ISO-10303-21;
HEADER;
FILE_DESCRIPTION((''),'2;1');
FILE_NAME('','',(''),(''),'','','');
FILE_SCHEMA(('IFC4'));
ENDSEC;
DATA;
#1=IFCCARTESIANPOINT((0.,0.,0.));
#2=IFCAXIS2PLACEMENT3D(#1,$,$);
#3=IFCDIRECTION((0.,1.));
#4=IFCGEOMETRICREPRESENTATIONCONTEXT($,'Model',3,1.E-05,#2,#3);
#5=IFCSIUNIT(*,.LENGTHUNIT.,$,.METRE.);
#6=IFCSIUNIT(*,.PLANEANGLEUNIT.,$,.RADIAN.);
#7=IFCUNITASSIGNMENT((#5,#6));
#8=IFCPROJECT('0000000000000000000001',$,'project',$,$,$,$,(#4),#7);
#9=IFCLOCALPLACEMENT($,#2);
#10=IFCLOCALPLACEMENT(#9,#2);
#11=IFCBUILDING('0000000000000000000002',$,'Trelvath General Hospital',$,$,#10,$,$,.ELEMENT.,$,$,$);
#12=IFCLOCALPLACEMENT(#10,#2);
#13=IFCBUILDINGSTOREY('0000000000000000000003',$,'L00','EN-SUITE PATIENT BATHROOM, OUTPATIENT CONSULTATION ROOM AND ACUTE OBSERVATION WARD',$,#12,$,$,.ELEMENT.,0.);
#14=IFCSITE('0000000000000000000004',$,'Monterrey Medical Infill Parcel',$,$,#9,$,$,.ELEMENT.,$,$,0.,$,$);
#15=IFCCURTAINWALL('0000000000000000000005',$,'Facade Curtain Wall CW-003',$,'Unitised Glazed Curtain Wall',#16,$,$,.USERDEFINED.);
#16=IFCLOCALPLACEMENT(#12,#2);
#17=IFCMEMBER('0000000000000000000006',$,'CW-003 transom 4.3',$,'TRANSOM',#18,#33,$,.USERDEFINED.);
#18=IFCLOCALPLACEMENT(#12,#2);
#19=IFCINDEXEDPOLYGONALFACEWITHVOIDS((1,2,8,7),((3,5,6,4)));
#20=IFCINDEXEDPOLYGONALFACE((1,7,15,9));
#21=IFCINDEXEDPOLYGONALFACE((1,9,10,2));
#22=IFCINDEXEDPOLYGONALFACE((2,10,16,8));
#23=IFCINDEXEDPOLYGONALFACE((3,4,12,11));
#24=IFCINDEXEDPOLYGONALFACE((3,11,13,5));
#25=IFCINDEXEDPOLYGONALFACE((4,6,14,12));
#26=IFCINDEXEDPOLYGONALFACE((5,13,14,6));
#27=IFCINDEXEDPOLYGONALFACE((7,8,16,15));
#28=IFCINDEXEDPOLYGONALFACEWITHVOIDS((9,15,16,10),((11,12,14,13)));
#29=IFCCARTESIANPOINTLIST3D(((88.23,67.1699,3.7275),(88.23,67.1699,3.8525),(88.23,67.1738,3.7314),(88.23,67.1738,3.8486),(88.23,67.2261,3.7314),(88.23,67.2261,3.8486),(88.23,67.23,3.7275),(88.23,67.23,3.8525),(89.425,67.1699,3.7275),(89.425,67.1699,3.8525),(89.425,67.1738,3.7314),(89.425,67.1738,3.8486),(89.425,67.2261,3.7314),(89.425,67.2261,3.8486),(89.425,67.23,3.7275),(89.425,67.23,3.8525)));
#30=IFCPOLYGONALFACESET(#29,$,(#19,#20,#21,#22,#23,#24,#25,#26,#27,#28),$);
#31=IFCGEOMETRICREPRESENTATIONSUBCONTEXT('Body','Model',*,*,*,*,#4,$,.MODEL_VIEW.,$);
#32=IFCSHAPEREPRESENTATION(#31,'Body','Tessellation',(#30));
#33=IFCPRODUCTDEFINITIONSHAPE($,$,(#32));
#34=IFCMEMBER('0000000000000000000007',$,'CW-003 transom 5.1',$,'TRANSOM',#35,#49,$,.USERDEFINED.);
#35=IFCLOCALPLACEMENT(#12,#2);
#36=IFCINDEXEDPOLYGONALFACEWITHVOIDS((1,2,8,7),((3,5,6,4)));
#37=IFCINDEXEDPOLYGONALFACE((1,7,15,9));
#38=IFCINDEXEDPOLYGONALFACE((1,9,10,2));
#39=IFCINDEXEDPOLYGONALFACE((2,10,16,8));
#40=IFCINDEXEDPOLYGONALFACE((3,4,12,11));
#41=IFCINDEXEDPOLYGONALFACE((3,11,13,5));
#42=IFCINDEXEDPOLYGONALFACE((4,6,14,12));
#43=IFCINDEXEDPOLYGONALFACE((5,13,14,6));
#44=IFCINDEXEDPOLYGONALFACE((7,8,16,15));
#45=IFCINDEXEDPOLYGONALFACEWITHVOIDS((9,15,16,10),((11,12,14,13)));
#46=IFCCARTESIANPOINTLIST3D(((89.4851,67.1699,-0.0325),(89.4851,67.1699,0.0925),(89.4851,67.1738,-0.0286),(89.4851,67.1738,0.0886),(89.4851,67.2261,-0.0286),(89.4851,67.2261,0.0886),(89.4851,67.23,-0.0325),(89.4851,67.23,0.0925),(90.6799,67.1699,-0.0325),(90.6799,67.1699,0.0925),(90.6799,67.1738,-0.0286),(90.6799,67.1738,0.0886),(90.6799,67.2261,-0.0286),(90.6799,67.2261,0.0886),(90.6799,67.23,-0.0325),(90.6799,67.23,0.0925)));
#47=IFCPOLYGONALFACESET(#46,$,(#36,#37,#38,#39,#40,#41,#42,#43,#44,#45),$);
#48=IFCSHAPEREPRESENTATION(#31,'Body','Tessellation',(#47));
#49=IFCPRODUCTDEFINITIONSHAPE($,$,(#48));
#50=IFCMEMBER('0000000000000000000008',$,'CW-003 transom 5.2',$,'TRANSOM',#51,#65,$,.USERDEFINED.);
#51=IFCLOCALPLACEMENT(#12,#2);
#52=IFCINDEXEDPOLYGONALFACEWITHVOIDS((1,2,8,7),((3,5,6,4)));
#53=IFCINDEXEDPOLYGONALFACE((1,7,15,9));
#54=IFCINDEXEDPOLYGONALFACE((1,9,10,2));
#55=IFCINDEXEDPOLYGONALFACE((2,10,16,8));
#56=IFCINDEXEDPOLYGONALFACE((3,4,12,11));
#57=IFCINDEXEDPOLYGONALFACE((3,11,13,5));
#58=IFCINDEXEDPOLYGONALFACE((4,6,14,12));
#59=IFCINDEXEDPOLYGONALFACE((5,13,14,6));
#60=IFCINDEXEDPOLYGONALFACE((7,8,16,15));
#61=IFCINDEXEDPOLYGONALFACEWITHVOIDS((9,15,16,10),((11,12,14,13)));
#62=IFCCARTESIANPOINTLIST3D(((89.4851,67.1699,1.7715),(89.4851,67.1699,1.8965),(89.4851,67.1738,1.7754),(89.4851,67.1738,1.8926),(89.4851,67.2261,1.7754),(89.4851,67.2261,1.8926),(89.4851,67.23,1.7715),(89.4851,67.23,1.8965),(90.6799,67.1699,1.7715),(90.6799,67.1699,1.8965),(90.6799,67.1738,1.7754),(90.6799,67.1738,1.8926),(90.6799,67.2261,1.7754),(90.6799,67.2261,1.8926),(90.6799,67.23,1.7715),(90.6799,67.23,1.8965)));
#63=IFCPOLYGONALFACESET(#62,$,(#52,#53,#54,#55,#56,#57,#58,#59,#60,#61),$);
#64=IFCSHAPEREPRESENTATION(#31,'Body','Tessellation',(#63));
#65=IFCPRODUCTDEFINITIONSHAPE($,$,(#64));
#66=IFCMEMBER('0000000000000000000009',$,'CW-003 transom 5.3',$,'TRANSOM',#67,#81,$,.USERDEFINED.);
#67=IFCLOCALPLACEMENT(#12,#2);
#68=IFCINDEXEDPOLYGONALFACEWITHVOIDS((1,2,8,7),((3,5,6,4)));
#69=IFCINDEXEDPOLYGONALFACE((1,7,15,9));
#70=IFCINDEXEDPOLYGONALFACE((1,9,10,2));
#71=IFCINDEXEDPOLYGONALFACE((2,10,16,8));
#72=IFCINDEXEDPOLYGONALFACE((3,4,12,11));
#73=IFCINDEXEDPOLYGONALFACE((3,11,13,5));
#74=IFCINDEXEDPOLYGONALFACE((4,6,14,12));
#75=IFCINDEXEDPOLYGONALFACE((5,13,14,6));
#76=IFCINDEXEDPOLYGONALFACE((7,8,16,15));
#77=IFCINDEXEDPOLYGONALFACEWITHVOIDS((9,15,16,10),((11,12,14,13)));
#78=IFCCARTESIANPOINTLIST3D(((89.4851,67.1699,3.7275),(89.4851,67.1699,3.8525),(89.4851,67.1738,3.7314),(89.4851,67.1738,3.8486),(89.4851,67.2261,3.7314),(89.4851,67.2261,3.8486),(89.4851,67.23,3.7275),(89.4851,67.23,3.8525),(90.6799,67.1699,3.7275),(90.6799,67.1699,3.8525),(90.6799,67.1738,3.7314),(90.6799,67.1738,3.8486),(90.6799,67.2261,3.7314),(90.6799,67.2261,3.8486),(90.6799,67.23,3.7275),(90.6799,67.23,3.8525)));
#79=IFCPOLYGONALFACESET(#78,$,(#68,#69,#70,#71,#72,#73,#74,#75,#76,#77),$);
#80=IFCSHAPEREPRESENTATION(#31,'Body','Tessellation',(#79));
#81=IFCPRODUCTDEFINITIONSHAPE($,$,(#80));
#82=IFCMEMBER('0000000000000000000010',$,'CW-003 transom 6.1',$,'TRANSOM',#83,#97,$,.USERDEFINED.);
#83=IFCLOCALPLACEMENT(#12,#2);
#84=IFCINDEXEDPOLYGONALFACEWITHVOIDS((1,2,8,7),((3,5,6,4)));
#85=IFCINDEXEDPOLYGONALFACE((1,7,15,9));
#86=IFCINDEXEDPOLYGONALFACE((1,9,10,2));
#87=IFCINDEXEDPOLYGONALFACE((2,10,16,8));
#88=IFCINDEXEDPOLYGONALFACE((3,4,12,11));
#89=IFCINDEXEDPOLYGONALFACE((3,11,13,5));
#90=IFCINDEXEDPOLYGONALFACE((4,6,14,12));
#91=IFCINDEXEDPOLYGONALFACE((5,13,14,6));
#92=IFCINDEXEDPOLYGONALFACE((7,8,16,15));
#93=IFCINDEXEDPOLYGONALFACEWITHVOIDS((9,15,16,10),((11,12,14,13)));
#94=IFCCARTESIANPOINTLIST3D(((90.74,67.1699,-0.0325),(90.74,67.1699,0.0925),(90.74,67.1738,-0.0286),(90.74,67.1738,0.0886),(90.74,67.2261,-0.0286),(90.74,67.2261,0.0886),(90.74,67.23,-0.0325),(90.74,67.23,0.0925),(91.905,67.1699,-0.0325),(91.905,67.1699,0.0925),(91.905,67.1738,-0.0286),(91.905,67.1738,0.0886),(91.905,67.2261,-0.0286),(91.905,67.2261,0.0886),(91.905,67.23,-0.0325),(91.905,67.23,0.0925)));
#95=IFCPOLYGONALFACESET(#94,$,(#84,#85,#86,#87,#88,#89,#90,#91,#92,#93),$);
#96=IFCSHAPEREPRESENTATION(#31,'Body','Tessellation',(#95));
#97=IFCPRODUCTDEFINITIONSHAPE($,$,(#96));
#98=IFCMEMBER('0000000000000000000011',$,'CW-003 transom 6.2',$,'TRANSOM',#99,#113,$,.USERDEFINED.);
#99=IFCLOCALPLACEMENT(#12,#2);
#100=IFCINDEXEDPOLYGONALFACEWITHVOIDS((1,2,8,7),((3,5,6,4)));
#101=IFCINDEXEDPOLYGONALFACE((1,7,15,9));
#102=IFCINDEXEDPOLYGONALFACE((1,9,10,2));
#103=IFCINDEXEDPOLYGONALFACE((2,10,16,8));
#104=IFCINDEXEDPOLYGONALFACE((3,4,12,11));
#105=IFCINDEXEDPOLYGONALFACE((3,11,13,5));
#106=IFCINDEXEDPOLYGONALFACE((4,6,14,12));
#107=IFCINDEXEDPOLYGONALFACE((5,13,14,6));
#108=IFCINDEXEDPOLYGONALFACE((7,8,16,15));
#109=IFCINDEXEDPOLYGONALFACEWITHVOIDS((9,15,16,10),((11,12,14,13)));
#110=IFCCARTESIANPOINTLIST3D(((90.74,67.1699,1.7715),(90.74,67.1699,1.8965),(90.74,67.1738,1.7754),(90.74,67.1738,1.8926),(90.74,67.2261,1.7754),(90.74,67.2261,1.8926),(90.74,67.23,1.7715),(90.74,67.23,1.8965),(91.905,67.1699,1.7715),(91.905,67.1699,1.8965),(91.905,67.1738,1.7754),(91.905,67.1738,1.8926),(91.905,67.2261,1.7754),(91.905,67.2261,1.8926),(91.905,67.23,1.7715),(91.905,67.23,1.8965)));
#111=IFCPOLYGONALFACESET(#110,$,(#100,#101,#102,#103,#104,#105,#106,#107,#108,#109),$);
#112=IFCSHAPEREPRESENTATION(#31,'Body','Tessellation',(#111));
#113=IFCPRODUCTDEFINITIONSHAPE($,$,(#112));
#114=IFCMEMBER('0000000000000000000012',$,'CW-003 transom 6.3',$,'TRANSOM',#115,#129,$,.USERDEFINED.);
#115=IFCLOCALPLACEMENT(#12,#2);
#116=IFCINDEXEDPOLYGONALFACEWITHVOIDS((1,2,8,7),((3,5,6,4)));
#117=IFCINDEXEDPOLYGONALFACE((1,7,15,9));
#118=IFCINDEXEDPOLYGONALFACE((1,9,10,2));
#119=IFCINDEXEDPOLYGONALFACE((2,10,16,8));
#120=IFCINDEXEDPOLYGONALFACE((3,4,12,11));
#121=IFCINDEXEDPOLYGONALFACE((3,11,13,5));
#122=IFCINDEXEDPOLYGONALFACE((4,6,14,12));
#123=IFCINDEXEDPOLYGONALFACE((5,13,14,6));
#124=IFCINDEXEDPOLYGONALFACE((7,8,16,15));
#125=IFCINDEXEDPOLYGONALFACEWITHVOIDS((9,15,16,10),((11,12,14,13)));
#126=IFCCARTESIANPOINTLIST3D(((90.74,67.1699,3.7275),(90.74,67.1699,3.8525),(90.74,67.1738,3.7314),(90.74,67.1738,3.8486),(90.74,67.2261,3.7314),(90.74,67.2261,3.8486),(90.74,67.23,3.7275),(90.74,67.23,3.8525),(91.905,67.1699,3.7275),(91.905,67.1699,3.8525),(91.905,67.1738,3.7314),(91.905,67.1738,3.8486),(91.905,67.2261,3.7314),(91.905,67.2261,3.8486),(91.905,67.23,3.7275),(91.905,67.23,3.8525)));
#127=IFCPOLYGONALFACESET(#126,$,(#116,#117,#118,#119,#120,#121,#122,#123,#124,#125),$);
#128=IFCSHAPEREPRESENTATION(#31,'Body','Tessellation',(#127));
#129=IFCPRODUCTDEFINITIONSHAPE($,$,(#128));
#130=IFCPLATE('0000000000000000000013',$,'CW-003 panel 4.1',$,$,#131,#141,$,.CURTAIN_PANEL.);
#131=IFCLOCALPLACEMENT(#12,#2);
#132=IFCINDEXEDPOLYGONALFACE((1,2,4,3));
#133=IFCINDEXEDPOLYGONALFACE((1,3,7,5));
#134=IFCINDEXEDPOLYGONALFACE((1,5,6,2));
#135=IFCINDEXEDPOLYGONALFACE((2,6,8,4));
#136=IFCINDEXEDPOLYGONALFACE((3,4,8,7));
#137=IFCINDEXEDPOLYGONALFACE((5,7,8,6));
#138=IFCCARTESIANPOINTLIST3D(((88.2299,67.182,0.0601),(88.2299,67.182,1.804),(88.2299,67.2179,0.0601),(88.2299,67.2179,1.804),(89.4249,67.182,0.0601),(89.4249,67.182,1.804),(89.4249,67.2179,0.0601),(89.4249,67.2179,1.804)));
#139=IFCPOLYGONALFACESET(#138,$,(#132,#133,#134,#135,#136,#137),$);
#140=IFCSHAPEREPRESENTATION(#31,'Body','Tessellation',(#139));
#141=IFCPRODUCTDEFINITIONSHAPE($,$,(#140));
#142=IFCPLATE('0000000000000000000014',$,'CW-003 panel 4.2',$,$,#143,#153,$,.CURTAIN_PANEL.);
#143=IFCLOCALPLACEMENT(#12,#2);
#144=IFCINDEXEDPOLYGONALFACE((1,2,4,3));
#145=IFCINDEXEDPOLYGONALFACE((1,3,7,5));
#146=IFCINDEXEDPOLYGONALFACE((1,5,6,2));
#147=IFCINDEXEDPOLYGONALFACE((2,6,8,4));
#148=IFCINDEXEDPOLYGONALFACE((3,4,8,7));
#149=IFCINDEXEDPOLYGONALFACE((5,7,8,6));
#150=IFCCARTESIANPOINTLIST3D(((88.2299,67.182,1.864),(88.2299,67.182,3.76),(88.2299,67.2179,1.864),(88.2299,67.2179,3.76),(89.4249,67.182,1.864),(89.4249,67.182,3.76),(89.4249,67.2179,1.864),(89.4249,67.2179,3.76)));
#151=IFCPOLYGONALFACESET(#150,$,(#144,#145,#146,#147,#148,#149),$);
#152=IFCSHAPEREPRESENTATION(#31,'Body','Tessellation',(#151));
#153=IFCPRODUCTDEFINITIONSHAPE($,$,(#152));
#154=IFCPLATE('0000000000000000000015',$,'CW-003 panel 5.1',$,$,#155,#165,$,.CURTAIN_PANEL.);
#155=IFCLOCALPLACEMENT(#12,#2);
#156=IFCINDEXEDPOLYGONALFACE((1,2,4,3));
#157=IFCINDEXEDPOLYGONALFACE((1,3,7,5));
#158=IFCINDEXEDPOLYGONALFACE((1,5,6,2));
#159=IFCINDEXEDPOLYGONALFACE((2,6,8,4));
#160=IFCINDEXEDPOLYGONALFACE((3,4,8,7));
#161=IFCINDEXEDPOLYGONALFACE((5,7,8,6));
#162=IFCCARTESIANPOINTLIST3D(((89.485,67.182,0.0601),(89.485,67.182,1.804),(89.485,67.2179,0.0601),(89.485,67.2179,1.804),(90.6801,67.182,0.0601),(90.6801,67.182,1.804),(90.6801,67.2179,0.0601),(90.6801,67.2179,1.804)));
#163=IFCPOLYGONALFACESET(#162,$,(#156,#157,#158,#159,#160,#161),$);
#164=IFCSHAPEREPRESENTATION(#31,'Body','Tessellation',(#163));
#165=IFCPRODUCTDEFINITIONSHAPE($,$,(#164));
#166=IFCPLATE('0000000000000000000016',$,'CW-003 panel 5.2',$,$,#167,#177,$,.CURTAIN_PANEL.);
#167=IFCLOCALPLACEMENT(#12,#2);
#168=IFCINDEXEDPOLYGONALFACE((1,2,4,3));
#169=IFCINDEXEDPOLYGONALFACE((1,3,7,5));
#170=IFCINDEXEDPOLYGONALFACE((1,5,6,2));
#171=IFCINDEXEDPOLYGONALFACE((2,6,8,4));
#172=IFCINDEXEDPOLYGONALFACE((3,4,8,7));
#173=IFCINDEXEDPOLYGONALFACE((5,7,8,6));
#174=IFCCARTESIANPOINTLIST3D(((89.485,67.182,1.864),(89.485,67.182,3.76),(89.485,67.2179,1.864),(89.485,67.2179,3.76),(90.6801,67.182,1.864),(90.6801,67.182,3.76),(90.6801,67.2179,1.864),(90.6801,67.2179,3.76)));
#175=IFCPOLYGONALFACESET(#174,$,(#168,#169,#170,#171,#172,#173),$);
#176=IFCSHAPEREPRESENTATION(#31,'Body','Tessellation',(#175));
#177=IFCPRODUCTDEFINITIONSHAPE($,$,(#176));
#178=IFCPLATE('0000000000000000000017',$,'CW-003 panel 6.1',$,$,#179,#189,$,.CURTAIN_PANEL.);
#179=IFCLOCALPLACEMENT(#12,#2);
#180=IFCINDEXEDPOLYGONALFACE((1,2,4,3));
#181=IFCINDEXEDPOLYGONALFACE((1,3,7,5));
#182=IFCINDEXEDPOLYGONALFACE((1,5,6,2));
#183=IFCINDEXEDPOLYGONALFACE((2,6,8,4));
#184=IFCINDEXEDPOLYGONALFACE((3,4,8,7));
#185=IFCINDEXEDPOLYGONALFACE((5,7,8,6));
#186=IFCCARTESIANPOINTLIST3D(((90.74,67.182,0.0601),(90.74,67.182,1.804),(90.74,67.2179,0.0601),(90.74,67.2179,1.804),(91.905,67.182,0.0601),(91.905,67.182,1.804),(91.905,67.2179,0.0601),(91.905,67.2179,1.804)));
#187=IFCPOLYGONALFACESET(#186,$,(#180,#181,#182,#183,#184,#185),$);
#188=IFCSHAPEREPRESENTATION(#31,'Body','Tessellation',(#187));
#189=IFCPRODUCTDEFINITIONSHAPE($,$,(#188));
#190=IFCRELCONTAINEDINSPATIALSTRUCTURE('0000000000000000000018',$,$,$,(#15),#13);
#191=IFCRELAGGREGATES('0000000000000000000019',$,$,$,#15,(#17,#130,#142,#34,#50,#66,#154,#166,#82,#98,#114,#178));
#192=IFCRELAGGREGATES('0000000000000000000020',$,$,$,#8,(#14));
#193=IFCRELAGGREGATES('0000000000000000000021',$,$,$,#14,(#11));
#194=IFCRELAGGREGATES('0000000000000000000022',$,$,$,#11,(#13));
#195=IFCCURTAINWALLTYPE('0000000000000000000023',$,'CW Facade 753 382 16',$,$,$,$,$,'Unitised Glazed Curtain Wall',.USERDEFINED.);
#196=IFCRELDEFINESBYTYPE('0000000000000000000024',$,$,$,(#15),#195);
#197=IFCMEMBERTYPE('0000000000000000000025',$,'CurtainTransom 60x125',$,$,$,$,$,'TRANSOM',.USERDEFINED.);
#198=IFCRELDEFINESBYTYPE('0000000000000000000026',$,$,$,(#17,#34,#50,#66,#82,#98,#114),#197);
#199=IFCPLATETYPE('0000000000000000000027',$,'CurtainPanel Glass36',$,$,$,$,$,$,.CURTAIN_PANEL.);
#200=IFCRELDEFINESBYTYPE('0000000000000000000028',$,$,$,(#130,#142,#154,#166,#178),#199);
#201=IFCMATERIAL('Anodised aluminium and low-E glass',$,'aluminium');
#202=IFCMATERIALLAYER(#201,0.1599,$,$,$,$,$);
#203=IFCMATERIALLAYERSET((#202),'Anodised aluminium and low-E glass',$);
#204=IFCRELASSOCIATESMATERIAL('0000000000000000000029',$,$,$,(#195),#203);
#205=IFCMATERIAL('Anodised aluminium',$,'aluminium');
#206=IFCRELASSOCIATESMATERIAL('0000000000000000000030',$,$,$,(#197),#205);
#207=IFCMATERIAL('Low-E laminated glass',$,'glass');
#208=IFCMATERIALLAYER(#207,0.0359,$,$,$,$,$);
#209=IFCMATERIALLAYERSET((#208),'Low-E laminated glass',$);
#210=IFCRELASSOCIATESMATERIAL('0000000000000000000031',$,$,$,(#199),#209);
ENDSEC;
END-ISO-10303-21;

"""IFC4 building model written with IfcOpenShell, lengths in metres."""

from ifc_helpers import new_model, si_unit, direction, frame, origin, origin_2d, place, context, subcontext, project, spatial, rectangle, hollow_rectangle, extrude, material, layer, layer_set, material_profile, profile_set, type_object, element, aggregate, save


model = new_model("IFC4")

# Units and contexts
model_context = context("Model", 3, precision=1e-05, world=origin(), true_north=direction((0.0, 1.0)))
body_context = subcontext(model_context, "Body", "Model", "MODEL_VIEW")
ifc_project = project(units=[si_unit("LENGTHUNIT", "METRE"), si_unit("PLANEANGLEUNIT", "RADIAN")], contexts=[model_context])

# Site, building, storey
site_placement = place(None, origin())
site = spatial("IfcSite", under=ifc_project, at=site_placement, Name="Monterrey Medical Infill Parcel", CompositionType="ELEMENT", RefElevation=0.0)
building_placement = place(site_placement, origin())
building = spatial("IfcBuilding", under=site, at=building_placement, Name="Trelvath General Hospital", CompositionType="ELEMENT")
storey_placement = place(building_placement, origin())
storey = spatial("IfcBuildingStorey", under=building, at=storey_placement, Name="L00", Description="EN-SUITE PATIENT BATHROOM, OUTPATIENT CONSULTATION ROOM AND ACUTE OBSERVATION WARD", CompositionType="ELEMENT", Elevation=0.0)

# Curtain wall, members, plates
ifc_material_1 = material(Name="Anodised aluminium and low-E glass", Category="aluminium")
ifc_layer_1 = layer(ifc_material_1, 0.1599)
ifc_layer_set_1 = layer_set([ifc_layer_1], Name="Anodised aluminium and low-E glass")
curtain_wall_type = type_object("IfcCurtainWallType", Name="CW Facade 753 382 16", ElementType="Unitised Glazed Curtain Wall", PredefinedType="USERDEFINED", material=ifc_layer_set_1)
curtain_wall_placement = place(storey_placement, origin())
curtain_wall = element("IfcCurtainWall", 1, at=curtain_wall_placement, inside=storey, type_object=curtain_wall_type, Name="Facade Curtain Wall CW-003", ObjectType="Unitised Glazed Curtain Wall", PredefinedType="USERDEFINED")
ifc_material_2 = material(Name="Anodised aluminium", Category="aluminium")
ifc_material_profile_1 = material_profile(ifc_material_2, hollow_rectangle(XDim=0.0601, YDim=0.125, WallThickness=0.0039, at=origin_2d()), Name="RHS60x125x4")
ifc_profile_set_1 = profile_set([ifc_material_profile_1], Name="Anodised aluminium")
member_type_1 = type_object("IfcMemberType", Name="CurtainTransom 60x125", ElementType="TRANSOM", PredefinedType="USERDEFINED", material=ifc_profile_set_1)
member_1_placement = place(storey_placement, frame((88.23, 67.2, 3.79), z_axis=(1.0, 0.0, 0.0), x_axis=(0.0, 1.0, 0.0)))
member_1 = element("IfcMember", 2, at=member_1_placement, type_object=member_type_1, Name="CW-003 transom 4.3", ObjectType="TRANSOM", PredefinedType="USERDEFINED", context=body_context, shape_type="SweptSolid", body=[
    extrude(hollow_rectangle(XDim=0.0601, YDim=0.125, WallThickness=0.0039, at=origin_2d()), origin(), (0.0, 0.0, 1.0), 1.1951),
])
member_2_placement = place(storey_placement, frame((89.4851, 67.2, 0.03), z_axis=(1.0, 0.0, 0.0), x_axis=(0.0, 1.0, 0.0)))
member_2 = element("IfcMember", 3, at=member_2_placement, type_object=member_type_1, Name="CW-003 transom 5.1", ObjectType="TRANSOM", PredefinedType="USERDEFINED", context=body_context, shape_type="SweptSolid", body=[
    extrude(hollow_rectangle(XDim=0.0601, YDim=0.125, WallThickness=0.0039, at=origin_2d()), origin(), (0.0, 0.0, 1.0), 1.1948),
])
member_3_placement = place(storey_placement, frame((89.4851, 67.2, 1.834), z_axis=(1.0, 0.0, 0.0), x_axis=(0.0, 1.0, 0.0)))
member_3 = element("IfcMember", 4, at=member_3_placement, type_object=member_type_1, Name="CW-003 transom 5.2", ObjectType="TRANSOM", PredefinedType="USERDEFINED", context=body_context, shape_type="SweptSolid", body=[
    extrude(hollow_rectangle(XDim=0.0601, YDim=0.125, WallThickness=0.0039, at=origin_2d()), origin(), (0.0, 0.0, 1.0), 1.1948),
])
member_4_placement = place(storey_placement, frame((89.4851, 67.2, 3.79), z_axis=(1.0, 0.0, 0.0), x_axis=(0.0, 1.0, 0.0)))
member_4 = element("IfcMember", 5, at=member_4_placement, type_object=member_type_1, Name="CW-003 transom 5.3", ObjectType="TRANSOM", PredefinedType="USERDEFINED", context=body_context, shape_type="SweptSolid", body=[
    extrude(hollow_rectangle(XDim=0.0601, YDim=0.125, WallThickness=0.0039, at=origin_2d()), origin(), (0.0, 0.0, 1.0), 1.1948),
])
member_5_placement = place(storey_placement, frame((90.74, 67.2, 0.03), z_axis=(1.0, 0.0, 0.0), x_axis=(0.0, 1.0, 0.0)))
member_5 = element("IfcMember", 6, at=member_5_placement, type_object=member_type_1, Name="CW-003 transom 6.1", ObjectType="TRANSOM", PredefinedType="USERDEFINED", context=body_context, shape_type="SweptSolid", body=[
    extrude(hollow_rectangle(XDim=0.0601, YDim=0.125, WallThickness=0.0039, at=origin_2d()), origin(), (0.0, 0.0, 1.0), 1.165),
])
member_6_placement = place(storey_placement, frame((90.74, 67.2, 1.834), z_axis=(1.0, 0.0, 0.0), x_axis=(0.0, 1.0, 0.0)))
member_6 = element("IfcMember", 7, at=member_6_placement, type_object=member_type_1, Name="CW-003 transom 6.2", ObjectType="TRANSOM", PredefinedType="USERDEFINED", context=body_context, shape_type="SweptSolid", body=[
    extrude(hollow_rectangle(XDim=0.0601, YDim=0.125, WallThickness=0.0039, at=origin_2d()), origin(), (0.0, 0.0, 1.0), 1.165),
])
member_7_placement = place(storey_placement, frame((90.74, 67.2, 3.79), z_axis=(1.0, 0.0, 0.0), x_axis=(0.0, 1.0, 0.0)))
member_7 = element("IfcMember", 8, at=member_7_placement, type_object=member_type_1, Name="CW-003 transom 6.3", ObjectType="TRANSOM", PredefinedType="USERDEFINED", context=body_context, shape_type="SweptSolid", body=[
    extrude(hollow_rectangle(XDim=0.0601, YDim=0.125, WallThickness=0.0039, at=origin_2d()), origin(), (0.0, 0.0, 1.0), 1.165),
])
ifc_material_3 = material(Name="Low-E laminated glass", Category="glass")
ifc_layer_2 = layer(ifc_material_3, 0.0359)
ifc_layer_set_2 = layer_set([ifc_layer_2], Name="Low-E laminated glass")
plate_type = type_object("IfcPlateType", Name="CurtainPanel Glass36", PredefinedType="CURTAIN_PANEL", material=ifc_layer_set_2)
plate_1_placement = place(storey_placement, frame((88.8274, 67.2, 0.0601), z_axis=(0.0, 0.0, 1.0), x_axis=(1.0, 0.0, 0.0)))
plate_1 = element("IfcPlate", 9, at=plate_1_placement, type_object=plate_type, Name="CW-003 panel 4.1", PredefinedType="CURTAIN_PANEL", context=body_context, shape_type="SweptSolid", body=[
    extrude(rectangle(XDim=1.1951, YDim=0.0359, at=origin_2d()), origin(), (0.0, 0.0, 1.0), 1.7439),
])
plate_2_placement = place(storey_placement, frame((88.8274, 67.2, 1.864), z_axis=(0.0, 0.0, 1.0), x_axis=(1.0, 0.0, 0.0)))
plate_2 = element("IfcPlate", 10, at=plate_2_placement, type_object=plate_type, Name="CW-003 panel 4.2", PredefinedType="CURTAIN_PANEL", context=body_context, shape_type="SweptSolid", body=[
    extrude(rectangle(XDim=1.1951, YDim=0.0359, at=origin_2d()), origin(), (0.0, 0.0, 1.0), 1.896),
])
plate_3_placement = place(storey_placement, frame((90.0825, 67.2, 0.0601), z_axis=(0.0, 0.0, 1.0), x_axis=(1.0, 0.0, 0.0)))
plate_3 = element("IfcPlate", 11, at=plate_3_placement, type_object=plate_type, Name="CW-003 panel 5.1", PredefinedType="CURTAIN_PANEL", context=body_context, shape_type="SweptSolid", body=[
    extrude(rectangle(XDim=1.1951, YDim=0.0359, at=origin_2d()), origin(), (0.0, 0.0, 1.0), 1.7439),
])
plate_4_placement = place(storey_placement, frame((90.0825, 67.2, 1.864), z_axis=(0.0, 0.0, 1.0), x_axis=(1.0, 0.0, 0.0)))
plate_4 = element("IfcPlate", 12, at=plate_4_placement, type_object=plate_type, Name="CW-003 panel 5.2", PredefinedType="CURTAIN_PANEL", context=body_context, shape_type="SweptSolid", body=[
    extrude(rectangle(XDim=1.1951, YDim=0.0359, at=origin_2d()), origin(), (0.0, 0.0, 1.0), 1.896),
])
plate_5_placement = place(storey_placement, frame((91.3225, 67.2, 0.0601), z_axis=(0.0, 0.0, 1.0), x_axis=(1.0, 0.0, 0.0)))
plate_5 = element("IfcPlate", 13, at=plate_5_placement, type_object=plate_type, Name="CW-003 panel 6.1", PredefinedType="CURTAIN_PANEL", context=body_context, shape_type="SweptSolid", body=[
    extrude(rectangle(XDim=1.165, YDim=0.0359, at=origin_2d()), origin(), (0.0, 0.0, 1.0), 1.7439),
])
aggregate(curtain_wall, [member_1, plate_1, plate_2, member_2, member_3, member_4, plate_3, plate_4, member_5, member_6, member_7, plate_5])

save(model, "model.ifc")
